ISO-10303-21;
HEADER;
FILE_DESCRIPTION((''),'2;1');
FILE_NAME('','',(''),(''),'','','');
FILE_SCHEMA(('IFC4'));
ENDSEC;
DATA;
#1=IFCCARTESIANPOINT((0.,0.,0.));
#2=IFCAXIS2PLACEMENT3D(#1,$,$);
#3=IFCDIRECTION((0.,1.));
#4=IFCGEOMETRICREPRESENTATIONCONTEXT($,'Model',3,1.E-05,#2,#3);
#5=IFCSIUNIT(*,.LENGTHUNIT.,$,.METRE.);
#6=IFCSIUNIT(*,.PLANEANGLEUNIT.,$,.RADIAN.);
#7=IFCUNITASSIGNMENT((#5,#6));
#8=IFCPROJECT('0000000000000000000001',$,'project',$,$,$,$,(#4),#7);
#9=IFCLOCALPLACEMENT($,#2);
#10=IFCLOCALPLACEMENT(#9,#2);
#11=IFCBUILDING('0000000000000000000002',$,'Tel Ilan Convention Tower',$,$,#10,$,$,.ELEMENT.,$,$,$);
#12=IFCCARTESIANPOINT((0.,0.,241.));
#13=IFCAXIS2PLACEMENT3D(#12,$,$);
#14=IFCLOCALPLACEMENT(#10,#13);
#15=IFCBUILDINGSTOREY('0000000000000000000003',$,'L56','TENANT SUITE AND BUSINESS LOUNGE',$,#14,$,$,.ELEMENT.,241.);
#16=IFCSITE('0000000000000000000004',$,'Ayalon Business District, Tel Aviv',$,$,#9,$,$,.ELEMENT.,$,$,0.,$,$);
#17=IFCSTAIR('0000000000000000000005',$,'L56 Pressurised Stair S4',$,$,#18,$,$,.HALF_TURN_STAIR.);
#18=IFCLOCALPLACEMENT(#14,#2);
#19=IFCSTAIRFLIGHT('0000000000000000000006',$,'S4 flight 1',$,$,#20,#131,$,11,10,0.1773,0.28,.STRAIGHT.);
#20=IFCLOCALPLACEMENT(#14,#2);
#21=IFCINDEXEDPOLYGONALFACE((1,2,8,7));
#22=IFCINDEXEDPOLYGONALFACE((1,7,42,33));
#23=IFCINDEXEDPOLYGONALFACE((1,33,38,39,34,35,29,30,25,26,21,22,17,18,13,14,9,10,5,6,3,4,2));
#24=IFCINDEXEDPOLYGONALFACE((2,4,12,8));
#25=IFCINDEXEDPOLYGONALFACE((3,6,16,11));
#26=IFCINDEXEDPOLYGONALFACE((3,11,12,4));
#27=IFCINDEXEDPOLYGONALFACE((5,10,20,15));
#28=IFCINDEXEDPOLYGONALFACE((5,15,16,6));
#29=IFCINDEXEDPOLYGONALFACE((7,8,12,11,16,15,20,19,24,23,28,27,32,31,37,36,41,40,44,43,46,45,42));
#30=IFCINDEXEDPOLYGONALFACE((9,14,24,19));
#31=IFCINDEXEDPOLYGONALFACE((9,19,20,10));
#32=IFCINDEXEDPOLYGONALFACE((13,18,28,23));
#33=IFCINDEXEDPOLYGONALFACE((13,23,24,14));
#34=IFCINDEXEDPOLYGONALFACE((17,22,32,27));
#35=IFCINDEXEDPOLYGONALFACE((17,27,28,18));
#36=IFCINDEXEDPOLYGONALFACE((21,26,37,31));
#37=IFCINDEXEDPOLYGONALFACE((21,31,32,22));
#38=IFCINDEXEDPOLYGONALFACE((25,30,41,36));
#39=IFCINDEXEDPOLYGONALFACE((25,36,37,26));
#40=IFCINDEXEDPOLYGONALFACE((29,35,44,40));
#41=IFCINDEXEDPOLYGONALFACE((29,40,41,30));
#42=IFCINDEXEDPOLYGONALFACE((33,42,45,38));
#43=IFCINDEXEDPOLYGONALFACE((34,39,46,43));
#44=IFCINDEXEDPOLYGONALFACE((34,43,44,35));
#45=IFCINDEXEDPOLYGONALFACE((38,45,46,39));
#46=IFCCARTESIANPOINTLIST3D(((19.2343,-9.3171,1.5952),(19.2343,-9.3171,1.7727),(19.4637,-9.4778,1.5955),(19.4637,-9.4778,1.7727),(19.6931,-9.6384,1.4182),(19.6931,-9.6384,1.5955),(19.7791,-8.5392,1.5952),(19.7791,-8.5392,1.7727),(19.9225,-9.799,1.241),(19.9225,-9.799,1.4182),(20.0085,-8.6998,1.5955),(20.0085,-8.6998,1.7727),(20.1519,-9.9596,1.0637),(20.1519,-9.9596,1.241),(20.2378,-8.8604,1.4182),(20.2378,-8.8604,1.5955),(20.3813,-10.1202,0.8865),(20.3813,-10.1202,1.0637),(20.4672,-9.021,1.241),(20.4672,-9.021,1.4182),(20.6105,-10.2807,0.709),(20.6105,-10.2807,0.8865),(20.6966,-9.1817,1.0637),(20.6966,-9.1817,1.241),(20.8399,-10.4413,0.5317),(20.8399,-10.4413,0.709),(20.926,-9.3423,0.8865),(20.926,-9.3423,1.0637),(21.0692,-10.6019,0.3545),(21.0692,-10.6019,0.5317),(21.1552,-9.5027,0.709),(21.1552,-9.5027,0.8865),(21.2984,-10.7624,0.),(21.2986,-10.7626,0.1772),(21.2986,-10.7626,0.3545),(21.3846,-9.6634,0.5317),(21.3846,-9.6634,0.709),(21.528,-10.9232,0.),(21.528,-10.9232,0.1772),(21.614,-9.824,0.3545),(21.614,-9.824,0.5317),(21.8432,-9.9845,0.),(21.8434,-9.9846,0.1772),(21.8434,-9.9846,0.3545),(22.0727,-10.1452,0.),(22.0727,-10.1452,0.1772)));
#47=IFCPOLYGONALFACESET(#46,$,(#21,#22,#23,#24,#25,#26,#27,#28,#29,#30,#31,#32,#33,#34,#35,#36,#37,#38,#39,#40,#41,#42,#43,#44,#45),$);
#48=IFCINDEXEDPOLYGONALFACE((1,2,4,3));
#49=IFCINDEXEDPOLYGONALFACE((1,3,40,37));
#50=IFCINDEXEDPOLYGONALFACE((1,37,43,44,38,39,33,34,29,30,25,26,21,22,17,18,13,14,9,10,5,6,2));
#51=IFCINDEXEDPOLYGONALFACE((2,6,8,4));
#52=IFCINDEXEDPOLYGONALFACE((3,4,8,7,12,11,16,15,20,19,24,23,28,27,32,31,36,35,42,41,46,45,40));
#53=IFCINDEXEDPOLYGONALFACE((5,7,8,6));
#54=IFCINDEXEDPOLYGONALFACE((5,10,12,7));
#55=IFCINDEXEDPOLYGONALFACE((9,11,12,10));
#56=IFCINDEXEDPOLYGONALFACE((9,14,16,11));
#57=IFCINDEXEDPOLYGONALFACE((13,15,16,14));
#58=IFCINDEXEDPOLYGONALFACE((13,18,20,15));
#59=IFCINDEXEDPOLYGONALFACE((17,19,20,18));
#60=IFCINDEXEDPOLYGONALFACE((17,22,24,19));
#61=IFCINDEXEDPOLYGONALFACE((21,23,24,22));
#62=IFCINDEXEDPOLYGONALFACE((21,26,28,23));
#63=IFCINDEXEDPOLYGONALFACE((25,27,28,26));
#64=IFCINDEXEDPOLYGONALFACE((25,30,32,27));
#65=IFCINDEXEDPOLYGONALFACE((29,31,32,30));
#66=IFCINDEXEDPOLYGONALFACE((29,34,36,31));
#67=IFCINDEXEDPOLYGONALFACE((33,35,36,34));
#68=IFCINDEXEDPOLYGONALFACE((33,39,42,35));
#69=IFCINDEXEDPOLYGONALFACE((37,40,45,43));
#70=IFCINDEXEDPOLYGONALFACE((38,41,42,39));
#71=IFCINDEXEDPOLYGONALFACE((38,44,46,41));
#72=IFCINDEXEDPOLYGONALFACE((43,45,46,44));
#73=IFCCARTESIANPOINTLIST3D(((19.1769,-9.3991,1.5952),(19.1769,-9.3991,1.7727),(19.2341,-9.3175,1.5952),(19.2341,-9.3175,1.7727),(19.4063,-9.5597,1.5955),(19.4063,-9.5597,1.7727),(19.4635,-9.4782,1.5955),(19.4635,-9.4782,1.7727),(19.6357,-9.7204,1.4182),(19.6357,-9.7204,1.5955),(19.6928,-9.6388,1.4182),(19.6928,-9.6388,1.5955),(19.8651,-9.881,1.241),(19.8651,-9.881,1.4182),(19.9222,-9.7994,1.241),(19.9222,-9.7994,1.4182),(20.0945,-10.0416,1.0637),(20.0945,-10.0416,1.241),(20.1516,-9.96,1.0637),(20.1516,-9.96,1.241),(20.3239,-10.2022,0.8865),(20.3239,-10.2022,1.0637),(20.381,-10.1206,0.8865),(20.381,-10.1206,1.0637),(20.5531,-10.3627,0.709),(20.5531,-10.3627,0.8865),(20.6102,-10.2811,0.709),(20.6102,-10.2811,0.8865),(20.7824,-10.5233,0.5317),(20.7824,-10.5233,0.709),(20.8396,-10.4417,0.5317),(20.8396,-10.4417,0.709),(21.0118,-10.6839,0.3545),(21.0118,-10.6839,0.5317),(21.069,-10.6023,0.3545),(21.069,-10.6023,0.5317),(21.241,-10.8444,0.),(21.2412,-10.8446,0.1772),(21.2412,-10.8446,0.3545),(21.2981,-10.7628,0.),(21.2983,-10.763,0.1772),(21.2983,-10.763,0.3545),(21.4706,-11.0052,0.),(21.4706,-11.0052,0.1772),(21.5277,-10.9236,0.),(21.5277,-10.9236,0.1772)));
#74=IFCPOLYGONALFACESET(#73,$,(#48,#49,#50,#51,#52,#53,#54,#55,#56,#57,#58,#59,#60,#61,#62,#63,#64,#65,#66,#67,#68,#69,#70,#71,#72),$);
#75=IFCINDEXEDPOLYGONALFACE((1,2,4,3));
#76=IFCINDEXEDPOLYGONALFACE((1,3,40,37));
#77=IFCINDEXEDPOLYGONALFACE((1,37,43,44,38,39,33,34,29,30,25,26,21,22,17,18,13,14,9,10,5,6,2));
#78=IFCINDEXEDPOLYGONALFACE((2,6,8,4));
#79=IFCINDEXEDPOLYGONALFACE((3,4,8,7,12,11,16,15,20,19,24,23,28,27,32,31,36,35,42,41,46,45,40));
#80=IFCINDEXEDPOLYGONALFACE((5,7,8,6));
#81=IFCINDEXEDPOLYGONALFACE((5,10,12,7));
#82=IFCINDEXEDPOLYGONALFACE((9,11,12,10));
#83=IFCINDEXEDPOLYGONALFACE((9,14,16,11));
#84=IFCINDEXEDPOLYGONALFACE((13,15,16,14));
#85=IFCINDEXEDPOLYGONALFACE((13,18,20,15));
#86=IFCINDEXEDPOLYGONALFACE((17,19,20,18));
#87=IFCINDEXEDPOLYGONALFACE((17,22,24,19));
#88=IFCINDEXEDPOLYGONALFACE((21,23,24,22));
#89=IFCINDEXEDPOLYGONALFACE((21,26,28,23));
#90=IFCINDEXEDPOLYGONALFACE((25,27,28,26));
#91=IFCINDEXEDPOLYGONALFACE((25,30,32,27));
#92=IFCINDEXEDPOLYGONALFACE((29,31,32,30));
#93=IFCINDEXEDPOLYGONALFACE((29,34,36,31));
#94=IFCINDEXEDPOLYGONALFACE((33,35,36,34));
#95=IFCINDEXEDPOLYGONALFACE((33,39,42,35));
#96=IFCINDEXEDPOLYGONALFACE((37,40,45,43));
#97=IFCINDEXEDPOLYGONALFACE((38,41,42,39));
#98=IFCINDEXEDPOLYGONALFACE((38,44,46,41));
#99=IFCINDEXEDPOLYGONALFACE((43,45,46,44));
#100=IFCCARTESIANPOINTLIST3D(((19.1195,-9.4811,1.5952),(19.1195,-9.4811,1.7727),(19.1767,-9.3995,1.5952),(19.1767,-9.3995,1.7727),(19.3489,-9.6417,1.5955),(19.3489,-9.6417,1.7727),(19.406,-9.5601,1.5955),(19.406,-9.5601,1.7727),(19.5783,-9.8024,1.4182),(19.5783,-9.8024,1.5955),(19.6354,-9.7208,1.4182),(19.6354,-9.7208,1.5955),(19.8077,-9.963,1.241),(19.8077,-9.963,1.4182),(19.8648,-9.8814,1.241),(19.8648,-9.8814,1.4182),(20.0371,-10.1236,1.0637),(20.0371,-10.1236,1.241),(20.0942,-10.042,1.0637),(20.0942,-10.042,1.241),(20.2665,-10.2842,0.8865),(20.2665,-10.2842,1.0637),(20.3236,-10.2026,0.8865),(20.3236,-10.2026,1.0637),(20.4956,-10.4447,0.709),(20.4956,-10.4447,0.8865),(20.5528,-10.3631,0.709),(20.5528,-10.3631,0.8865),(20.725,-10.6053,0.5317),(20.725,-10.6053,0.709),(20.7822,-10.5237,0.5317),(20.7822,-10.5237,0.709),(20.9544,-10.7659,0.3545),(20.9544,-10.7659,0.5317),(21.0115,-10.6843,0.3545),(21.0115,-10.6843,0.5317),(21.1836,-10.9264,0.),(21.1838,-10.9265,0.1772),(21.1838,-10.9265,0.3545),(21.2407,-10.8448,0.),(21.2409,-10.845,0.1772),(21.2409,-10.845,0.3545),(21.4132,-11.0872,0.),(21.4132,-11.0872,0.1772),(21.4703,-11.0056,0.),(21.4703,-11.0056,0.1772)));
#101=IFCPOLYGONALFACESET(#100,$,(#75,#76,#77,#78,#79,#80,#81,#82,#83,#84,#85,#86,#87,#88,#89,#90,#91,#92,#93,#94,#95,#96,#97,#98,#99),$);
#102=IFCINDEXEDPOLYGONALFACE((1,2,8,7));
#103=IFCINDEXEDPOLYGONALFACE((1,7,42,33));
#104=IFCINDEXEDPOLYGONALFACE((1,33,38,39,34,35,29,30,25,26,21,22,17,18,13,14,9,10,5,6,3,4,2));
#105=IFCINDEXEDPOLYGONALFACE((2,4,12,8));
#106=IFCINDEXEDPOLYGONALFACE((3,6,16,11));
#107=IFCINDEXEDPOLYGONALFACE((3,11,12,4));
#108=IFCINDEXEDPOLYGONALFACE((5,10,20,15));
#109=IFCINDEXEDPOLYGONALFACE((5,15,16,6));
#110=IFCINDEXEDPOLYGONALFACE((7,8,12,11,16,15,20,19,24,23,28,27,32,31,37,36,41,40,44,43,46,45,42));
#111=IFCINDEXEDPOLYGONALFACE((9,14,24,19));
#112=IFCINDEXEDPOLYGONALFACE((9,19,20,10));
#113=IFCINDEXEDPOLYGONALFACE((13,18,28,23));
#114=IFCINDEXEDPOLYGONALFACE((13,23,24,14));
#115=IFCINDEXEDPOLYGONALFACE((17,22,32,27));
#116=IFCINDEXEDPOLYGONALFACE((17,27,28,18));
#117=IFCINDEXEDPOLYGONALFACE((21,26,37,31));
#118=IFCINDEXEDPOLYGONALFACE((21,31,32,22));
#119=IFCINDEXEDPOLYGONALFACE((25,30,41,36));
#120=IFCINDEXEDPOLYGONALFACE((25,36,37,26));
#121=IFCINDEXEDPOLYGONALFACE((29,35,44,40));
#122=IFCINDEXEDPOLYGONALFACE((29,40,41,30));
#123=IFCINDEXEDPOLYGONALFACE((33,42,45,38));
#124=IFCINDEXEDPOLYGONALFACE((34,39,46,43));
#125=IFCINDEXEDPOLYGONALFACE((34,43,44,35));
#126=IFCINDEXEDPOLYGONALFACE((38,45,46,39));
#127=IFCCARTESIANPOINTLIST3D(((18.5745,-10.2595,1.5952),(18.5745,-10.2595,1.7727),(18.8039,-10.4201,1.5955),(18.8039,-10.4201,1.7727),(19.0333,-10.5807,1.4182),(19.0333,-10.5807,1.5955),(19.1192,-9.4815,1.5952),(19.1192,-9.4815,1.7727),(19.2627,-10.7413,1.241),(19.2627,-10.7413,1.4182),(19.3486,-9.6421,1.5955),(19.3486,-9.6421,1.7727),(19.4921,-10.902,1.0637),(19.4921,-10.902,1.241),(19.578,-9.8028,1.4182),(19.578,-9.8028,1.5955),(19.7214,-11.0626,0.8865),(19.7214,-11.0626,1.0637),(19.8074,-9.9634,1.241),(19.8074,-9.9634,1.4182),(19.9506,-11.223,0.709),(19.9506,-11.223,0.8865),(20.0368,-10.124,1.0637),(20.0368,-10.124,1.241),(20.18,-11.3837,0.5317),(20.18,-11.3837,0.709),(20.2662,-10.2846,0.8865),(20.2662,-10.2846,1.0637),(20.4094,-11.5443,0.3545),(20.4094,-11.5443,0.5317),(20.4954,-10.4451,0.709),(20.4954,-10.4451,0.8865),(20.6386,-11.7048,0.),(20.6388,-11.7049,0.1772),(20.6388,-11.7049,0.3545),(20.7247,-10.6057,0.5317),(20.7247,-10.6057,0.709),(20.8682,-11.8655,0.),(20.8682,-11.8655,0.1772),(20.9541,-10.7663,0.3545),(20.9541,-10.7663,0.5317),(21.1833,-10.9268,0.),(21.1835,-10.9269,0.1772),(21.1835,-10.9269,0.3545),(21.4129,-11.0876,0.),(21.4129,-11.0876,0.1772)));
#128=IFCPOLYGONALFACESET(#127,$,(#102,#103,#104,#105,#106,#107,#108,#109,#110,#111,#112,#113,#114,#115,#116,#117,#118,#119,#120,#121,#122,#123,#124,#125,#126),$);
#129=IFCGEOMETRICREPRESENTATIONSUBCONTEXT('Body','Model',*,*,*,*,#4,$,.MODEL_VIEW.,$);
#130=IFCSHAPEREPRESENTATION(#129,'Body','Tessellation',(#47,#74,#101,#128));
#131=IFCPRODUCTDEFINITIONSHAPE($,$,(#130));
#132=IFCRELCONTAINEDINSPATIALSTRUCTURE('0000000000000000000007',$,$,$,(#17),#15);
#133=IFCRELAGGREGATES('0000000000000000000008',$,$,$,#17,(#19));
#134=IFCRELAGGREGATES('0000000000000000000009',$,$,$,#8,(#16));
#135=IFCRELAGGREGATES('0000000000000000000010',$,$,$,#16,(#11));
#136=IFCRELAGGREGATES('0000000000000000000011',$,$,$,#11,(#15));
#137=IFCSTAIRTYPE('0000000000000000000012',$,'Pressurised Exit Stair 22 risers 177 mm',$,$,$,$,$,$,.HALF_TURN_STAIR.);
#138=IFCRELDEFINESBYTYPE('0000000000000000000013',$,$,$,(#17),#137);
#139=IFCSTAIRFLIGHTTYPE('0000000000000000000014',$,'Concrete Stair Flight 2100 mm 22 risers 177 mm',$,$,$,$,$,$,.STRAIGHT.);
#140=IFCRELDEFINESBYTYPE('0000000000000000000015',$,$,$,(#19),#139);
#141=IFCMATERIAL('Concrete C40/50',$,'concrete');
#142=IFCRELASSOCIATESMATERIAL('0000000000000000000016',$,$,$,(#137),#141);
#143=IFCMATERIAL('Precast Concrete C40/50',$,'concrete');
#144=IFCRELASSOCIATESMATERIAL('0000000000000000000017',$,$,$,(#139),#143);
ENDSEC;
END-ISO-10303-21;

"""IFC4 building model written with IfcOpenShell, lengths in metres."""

from ifc_helpers import new_model, si_unit, direction, frame, origin, place, context, subcontext, project, spatial, polyline, outline, extrude, material, type_object, element, aggregate, save


model = new_model("IFC4")

# Units and contexts
model_context = context("Model", 3, precision=1e-05, world=origin(), true_north=direction((0.0, 1.0)))
body_context = subcontext(model_context, "Body", "Model", "MODEL_VIEW")
ifc_project = project(units=[si_unit("LENGTHUNIT", "METRE"), si_unit("PLANEANGLEUNIT", "RADIAN")], contexts=[model_context])

# Site, building, storey
site_placement = place(None, origin())
site = spatial("IfcSite", under=ifc_project, at=site_placement, Name="Ayalon Business District, Tel Aviv", CompositionType="ELEMENT", RefElevation=0.0)
building_placement = place(site_placement, origin())
building = spatial("IfcBuilding", under=site, at=building_placement, Name="Tel Ilan Convention Tower", CompositionType="ELEMENT")
storey_placement = place(building_placement, frame((0.0, 0.0, 241.0)))
storey = spatial("IfcBuildingStorey", under=building, at=storey_placement, Name="L56", Description="TENANT SUITE AND BUSINESS LOUNGE", CompositionType="ELEMENT", Elevation=241.0)

# Shared definitions
ifc_material_1 = material(Name="Concrete C40/50", Category="concrete")
stair_type = type_object("IfcStairType", Name="Pressurised Exit Stair 22 risers 177 mm", PredefinedType="HALF_TURN_STAIR", material=ifc_material_1)
ifc_material_2 = material(Name="Precast Concrete C40/50", Category="concrete")
stair_flight_type = type_object("IfcStairFlightType", Name="Concrete Stair Flight 2100 mm 22 risers 177 mm", PredefinedType="STRAIGHT", material=ifc_material_2)

# Stair, stair flight
stair_1_placement = place(storey_placement, origin())
stair_1 = element("IfcStair", 1, at=stair_1_placement, inside=storey, type_object=stair_type, Name="L56 Pressurised Stair S4", PredefinedType="HALF_TURN_STAIR")
stair_flight_1_placement = place(storey_placement, frame((21.4705, -11.0054, 0.0), z_axis=(0.0, 0.0, 1.0), x_axis=(-0.819152, 0.573576, 0.0)))
stair_flight_1 = element("IfcStairFlight", 2, at=stair_flight_1_placement, type_object=stair_flight_type, Name="S4 flight 1", NumberOfRisers=11, NumberOfTreads=10, PredefinedType="STRAIGHT", RiserHeight=0.1773, TreadLength=0.28, context=body_context, shape_type="SweptSolid", body=[
    extrude(outline(polyline([(0.0, 0.0), (0.0, 0.1772), (0.28, 0.1772), (0.28, 0.3545), (0.5601, 0.3545), (0.5601, 0.5317), (0.8401, 0.5317), (0.8401, 0.709), (1.1201, 0.709), (1.1201, 0.8865), (1.3999, 0.8865), (1.3999, 1.0637), (1.6799, 1.0637), (1.6799, 1.241), (1.96, 1.241), (1.96, 1.4182), (2.24, 1.4182), (2.24, 1.5955), (2.52, 1.5955), (2.52, 1.7727), (2.8, 1.7727), (2.8, 1.95), (2.8, 1.5952), (0.2803, 0.0), (0.0, 0.0)])), frame((0.0, -0.1003, 0.0), z_axis=(0.0, -1.0, 0.0), x_axis=(1.0, 0.0, 0.0)), (0.0, 0.0, 1.0), 0.9497),
    extrude(outline(polyline([(0.0, 0.0), (0.0, 0.1772), (0.28, 0.1772), (0.28, 0.3545), (0.5601, 0.3545), (0.5601, 0.5317), (0.8401, 0.5317), (0.8401, 0.709), (1.1201, 0.709), (1.1201, 0.8865), (1.3999, 0.8865), (1.3999, 1.0637), (1.6799, 1.0637), (1.6799, 1.241), (1.96, 1.241), (1.96, 1.4182), (2.24, 1.4182), (2.24, 1.5955), (2.52, 1.5955), (2.52, 1.7727), (2.8, 1.7727), (2.8, 1.95), (2.8, 1.5952), (0.2803, 0.0), (0.0, 0.0)])), frame((0.0, -0.0002, 0.0), z_axis=(0.0, -1.0, 0.0), x_axis=(1.0, 0.0, 0.0)), (0.0, 0.0, 1.0), 0.0996),
    extrude(outline(polyline([(0.0, 0.0), (0.0, 0.1772), (0.28, 0.1772), (0.28, 0.3545), (0.5601, 0.3545), (0.5601, 0.5317), (0.8401, 0.5317), (0.8401, 0.709), (1.1201, 0.709), (1.1201, 0.8865), (1.3999, 0.8865), (1.3999, 1.0637), (1.6799, 1.0637), (1.6799, 1.241), (1.96, 1.241), (1.96, 1.4182), (2.24, 1.4182), (2.24, 1.5955), (2.52, 1.5955), (2.52, 1.7727), (2.8, 1.7727), (2.8, 1.95), (2.8, 1.5952), (0.2803, 0.0), (0.0, 0.0)])), frame((0.0, 0.0999, 0.0), z_axis=(0.0, -1.0, 0.0), x_axis=(1.0, 0.0, 0.0)), (0.0, 0.0, 1.0), 0.0996),
    extrude(outline(polyline([(0.0, 0.0), (0.0, 0.1772), (0.28, 0.1772), (0.28, 0.3545), (0.5601, 0.3545), (0.5601, 0.5317), (0.8401, 0.5317), (0.8401, 0.709), (1.1201, 0.709), (1.1201, 0.8865), (1.3999, 0.8865), (1.3999, 1.0637), (1.6799, 1.0637), (1.6799, 1.241), (1.96, 1.241), (1.96, 1.4182), (2.24, 1.4182), (2.24, 1.5955), (2.52, 1.5955), (2.52, 1.7727), (2.8, 1.7727), (2.8, 1.95), (2.8, 1.5952), (0.2803, 0.0), (0.0, 0.0)])), frame((0.0, 1.05, 0.0), z_axis=(0.0, -1.0, 0.0), x_axis=(1.0, 0.0, 0.0)), (0.0, 0.0, 1.0), 0.9497),
])
aggregate(stair_1, [stair_flight_1])

save(model, "model.ifc")
